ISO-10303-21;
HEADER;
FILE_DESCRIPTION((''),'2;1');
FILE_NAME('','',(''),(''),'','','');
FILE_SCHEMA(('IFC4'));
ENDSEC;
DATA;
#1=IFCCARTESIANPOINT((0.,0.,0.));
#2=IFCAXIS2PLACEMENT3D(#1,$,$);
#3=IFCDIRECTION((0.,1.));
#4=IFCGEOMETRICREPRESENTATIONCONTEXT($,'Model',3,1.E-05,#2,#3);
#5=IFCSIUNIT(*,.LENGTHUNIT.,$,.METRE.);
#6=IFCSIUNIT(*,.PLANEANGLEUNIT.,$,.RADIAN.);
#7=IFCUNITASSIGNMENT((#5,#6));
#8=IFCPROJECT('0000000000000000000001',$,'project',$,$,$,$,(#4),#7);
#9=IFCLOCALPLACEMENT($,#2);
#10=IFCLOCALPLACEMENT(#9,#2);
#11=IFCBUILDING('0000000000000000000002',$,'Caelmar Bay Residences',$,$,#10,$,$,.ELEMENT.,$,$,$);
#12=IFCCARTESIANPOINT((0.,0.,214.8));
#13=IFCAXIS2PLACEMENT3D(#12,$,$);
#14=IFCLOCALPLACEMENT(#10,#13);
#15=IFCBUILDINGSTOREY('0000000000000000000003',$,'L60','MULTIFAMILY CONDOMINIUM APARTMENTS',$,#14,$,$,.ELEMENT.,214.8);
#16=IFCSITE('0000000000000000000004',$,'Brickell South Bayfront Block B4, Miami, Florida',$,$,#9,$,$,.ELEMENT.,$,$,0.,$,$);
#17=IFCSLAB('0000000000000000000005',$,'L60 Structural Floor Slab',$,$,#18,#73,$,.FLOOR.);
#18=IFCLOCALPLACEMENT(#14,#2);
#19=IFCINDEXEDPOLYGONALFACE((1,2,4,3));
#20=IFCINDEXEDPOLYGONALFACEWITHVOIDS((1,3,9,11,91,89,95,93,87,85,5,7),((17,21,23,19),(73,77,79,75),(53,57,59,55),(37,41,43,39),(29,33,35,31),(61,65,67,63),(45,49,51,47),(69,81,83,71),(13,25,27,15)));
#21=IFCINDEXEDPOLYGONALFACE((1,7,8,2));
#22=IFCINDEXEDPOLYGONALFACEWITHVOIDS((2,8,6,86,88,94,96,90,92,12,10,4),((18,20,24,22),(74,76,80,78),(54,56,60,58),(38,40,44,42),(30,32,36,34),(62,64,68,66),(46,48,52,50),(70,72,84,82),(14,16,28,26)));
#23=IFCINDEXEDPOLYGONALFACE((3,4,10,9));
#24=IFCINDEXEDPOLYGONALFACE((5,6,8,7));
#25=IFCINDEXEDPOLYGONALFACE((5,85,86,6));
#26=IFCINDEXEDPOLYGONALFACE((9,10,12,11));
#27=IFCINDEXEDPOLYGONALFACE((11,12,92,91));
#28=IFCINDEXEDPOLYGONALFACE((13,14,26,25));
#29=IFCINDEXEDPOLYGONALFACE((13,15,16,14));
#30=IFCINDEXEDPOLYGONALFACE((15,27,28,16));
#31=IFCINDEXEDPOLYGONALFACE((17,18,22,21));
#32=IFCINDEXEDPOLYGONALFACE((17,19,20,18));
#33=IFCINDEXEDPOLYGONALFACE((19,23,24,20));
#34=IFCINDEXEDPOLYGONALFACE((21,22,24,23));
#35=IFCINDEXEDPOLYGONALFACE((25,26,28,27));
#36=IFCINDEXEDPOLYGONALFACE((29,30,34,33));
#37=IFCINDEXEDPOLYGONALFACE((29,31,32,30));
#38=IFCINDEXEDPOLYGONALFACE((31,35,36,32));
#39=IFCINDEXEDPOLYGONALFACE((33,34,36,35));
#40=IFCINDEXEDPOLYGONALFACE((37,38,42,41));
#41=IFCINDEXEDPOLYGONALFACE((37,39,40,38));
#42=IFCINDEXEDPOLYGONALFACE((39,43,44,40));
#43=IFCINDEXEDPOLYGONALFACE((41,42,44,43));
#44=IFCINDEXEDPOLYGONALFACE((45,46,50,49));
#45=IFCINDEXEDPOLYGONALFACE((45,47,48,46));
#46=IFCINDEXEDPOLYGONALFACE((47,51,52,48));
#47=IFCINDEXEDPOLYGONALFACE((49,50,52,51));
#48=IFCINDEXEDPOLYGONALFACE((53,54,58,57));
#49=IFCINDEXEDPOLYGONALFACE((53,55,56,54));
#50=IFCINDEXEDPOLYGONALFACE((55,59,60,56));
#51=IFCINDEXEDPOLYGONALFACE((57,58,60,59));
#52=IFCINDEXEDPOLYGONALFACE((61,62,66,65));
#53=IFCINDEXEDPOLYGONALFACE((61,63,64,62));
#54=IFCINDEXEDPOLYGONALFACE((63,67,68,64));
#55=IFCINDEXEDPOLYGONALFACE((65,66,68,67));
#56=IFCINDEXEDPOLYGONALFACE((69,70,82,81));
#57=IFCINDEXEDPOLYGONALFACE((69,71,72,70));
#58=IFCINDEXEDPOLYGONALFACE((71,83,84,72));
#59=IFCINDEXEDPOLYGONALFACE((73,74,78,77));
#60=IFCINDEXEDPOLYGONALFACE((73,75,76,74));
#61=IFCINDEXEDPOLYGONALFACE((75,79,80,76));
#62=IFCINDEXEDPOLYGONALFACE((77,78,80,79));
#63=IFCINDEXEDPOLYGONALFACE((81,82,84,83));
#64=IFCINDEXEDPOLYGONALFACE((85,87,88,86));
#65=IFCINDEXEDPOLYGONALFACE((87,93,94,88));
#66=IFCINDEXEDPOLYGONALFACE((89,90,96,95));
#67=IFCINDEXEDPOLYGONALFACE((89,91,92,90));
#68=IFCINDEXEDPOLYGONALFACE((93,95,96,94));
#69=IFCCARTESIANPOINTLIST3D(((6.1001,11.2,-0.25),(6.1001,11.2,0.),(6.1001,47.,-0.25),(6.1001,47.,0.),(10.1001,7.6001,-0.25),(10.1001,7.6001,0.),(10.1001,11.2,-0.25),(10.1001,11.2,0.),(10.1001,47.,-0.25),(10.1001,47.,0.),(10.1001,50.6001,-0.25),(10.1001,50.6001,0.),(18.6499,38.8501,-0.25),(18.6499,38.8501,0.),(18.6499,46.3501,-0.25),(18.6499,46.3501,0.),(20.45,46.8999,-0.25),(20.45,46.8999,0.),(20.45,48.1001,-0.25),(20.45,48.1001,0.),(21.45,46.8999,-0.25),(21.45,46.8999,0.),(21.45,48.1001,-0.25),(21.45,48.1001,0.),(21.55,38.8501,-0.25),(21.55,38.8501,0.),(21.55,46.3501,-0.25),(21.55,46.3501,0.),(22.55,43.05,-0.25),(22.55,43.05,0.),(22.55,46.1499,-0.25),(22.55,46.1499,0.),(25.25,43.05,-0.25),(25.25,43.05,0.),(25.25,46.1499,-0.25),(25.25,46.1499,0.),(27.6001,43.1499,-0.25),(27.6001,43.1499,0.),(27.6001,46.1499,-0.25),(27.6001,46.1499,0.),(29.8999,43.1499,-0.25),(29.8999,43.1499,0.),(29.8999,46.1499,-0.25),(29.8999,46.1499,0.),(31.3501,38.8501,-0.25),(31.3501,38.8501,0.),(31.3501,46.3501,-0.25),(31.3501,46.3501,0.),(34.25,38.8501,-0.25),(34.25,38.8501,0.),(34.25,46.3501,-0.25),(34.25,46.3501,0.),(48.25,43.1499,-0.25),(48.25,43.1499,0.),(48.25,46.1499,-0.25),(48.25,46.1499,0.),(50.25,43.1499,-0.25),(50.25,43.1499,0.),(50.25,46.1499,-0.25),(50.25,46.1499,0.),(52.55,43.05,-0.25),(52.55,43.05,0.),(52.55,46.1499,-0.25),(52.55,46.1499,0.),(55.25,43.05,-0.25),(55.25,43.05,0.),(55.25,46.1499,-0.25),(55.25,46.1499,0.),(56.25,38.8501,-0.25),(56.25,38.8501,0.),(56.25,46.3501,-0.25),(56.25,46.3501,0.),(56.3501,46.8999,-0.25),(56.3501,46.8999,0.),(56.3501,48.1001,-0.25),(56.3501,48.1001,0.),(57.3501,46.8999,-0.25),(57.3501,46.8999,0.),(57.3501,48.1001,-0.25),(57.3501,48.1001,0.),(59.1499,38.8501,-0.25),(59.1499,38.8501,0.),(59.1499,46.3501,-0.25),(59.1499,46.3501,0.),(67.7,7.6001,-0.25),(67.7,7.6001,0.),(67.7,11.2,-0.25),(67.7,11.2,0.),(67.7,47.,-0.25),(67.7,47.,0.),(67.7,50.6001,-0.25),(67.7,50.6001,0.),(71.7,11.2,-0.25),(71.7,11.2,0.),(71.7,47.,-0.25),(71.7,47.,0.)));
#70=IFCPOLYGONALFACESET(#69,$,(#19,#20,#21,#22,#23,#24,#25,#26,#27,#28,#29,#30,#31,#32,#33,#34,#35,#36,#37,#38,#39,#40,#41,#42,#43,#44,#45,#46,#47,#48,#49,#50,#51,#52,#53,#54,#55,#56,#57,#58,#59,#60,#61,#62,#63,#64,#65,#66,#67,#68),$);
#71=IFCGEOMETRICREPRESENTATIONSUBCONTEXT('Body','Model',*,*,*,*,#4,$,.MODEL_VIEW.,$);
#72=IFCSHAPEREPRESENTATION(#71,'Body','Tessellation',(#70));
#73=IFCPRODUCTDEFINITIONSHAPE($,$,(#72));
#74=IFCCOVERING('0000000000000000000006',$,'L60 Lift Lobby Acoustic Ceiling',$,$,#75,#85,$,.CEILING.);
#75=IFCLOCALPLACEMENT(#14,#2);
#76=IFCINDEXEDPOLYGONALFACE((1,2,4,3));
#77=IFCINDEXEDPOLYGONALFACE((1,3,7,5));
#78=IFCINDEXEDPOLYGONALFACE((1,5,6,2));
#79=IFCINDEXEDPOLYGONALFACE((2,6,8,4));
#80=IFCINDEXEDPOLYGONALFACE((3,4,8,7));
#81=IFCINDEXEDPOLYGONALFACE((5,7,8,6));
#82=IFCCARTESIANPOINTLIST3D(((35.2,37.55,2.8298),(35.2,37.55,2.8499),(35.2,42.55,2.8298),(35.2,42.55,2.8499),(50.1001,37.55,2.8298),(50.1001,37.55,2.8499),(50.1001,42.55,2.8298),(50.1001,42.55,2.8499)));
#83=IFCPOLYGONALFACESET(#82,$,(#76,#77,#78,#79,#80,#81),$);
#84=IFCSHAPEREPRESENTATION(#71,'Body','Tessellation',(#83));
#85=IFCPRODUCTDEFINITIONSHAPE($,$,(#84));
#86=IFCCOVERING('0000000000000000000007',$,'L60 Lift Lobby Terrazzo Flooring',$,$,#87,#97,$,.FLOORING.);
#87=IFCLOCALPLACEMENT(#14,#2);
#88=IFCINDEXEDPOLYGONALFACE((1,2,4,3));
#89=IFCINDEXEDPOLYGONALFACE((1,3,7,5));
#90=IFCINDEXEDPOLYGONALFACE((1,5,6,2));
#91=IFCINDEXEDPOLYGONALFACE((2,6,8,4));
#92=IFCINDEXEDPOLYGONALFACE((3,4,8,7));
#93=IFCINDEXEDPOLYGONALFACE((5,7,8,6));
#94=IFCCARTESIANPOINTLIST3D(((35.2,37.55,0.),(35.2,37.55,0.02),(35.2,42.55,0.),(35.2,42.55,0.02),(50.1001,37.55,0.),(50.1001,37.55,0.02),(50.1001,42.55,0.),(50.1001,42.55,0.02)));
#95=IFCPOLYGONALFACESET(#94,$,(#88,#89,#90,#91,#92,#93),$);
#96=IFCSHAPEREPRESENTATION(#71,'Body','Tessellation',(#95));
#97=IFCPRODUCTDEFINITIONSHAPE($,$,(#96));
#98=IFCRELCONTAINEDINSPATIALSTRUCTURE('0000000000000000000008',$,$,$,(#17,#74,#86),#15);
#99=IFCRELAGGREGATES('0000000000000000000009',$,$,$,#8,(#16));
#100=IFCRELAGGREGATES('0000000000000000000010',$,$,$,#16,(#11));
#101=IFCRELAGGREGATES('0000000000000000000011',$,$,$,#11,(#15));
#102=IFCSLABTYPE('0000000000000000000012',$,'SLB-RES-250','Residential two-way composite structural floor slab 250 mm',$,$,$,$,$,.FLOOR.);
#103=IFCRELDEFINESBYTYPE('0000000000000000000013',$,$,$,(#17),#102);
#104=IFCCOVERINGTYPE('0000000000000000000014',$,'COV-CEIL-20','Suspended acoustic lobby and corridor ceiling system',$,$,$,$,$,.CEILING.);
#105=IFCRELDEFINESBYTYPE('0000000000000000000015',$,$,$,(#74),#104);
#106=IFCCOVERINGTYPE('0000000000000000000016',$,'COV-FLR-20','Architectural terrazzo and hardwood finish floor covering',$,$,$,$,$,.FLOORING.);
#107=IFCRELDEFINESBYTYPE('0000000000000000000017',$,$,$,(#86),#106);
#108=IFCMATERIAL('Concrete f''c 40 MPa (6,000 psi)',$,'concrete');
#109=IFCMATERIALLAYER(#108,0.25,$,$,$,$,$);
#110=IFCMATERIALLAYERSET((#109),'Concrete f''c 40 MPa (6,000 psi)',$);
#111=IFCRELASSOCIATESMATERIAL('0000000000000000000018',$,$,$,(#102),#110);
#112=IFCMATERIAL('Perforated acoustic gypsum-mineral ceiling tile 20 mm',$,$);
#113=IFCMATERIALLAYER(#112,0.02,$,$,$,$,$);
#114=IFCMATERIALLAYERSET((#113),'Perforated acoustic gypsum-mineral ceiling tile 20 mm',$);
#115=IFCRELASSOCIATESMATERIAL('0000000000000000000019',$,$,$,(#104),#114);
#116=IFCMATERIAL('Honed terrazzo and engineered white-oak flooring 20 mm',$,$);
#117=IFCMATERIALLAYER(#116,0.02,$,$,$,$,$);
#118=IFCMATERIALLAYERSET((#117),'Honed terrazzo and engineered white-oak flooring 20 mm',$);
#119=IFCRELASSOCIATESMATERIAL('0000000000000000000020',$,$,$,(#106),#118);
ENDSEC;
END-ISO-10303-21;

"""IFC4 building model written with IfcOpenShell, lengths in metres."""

from ifc_helpers import new_model, si_unit, direction, frame, origin, place, context, subcontext, project, spatial, polyline, outline, extrude, material, layer, layer_set, type_object, element, save


model = new_model("IFC4")

# Units and contexts
model_context = context("Model", 3, precision=1e-05, world=origin(), true_north=direction((0.0, 1.0)))
body_context = subcontext(model_context, "Body", "Model", "MODEL_VIEW")
ifc_project = project(units=[si_unit("LENGTHUNIT", "METRE"), si_unit("PLANEANGLEUNIT", "RADIAN")], contexts=[model_context])

# Site, building, storey
site_placement = place(None, origin())
site = spatial("IfcSite", under=ifc_project, at=site_placement, Name="Brickell South Bayfront Block B4, Miami, Florida", CompositionType="ELEMENT", RefElevation=0.0)
building_placement = place(site_placement, origin())
building = spatial("IfcBuilding", under=site, at=building_placement, Name="Caelmar Bay Residences", CompositionType="ELEMENT")
storey_placement = place(building_placement, frame((0.0, 0.0, 214.8)))
storey = spatial("IfcBuildingStorey", under=building, at=storey_placement, Name="L60", Description="MULTIFAMILY CONDOMINIUM APARTMENTS", CompositionType="ELEMENT", Elevation=214.8)

# Shared definitions
ifc_material_1 = material(Name="Concrete f'c 40 MPa (6,000 psi)", Category="concrete")

# Slab
ifc_layer_1 = layer(ifc_material_1, 0.25)
ifc_layer_set_1 = layer_set([ifc_layer_1], Name="Concrete f'c 40 MPa (6,000 psi)")
slab_type_1 = type_object("IfcSlabType", Name="SLB-RES-250", Description="Residential two-way composite structural floor slab 250 mm", PredefinedType="FLOOR", material=ifc_layer_set_1)
slab_1_placement = place(storey_placement, frame((0.0, 0.0, -0.25)))
element("IfcSlab", 1, at=slab_1_placement, inside=storey, type_object=slab_type_1, Name="L60 Structural Floor Slab", PredefinedType="FLOOR", context=body_context, shape_type="SweptSolid", body=[
    extrude(outline(polyline([(10.1001, 7.6001), (67.7, 7.6001), (67.7, 11.2), (71.7, 11.2), (71.7, 47.0), (67.7, 47.0), (67.7, 50.6001), (10.1001, 50.6001), (10.1001, 47.0), (6.1001, 47.0), (6.1001, 11.2), (10.1001, 11.2), (10.1001, 7.6001)]), holes=[polyline([(18.6499, 38.8501), (21.55, 38.8501), (21.55, 46.3501), (18.6499, 46.3501), (18.6499, 38.8501)]), polyline([(56.25, 38.8501), (59.1499, 38.8501), (59.1499, 46.3501), (56.25, 46.3501), (56.25, 38.8501)]), polyline([(31.3501, 38.8501), (34.25, 38.8501), (34.25, 46.3501), (31.3501, 46.3501), (31.3501, 38.8501)]), polyline([(22.55, 43.05), (25.25, 43.05), (25.25, 46.1499), (22.55, 46.1499), (22.55, 43.05)]), polyline([(52.55, 43.05), (55.25, 43.05), (55.25, 46.1499), (52.55, 46.1499), (52.55, 43.05)]), polyline([(48.25, 43.1499), (50.25, 43.1499), (50.25, 46.1499), (48.25, 46.1499), (48.25, 43.1499)]), polyline([(27.6001, 43.1499), (29.8999, 43.1499), (29.8999, 46.1499), (27.6001, 46.1499), (27.6001, 43.1499)]), polyline([(20.45, 46.8999), (21.45, 46.8999), (21.45, 48.1001), (20.45, 48.1001), (20.45, 46.8999)]), polyline([(56.3501, 46.8999), (57.3501, 46.8999), (57.3501, 48.1001), (56.3501, 48.1001), (56.3501, 46.8999)])]), origin(), (0.0, 0.0, 1.0), 0.25),
])

# Coverings
ifc_material_2 = material(Name="Perforated acoustic gypsum-mineral ceiling tile 20 mm")
ifc_layer_2 = layer(ifc_material_2, 0.02)
ifc_layer_set_2 = layer_set([ifc_layer_2], Name="Perforated acoustic gypsum-mineral ceiling tile 20 mm")
covering_type_1 = type_object("IfcCoveringType", Name="COV-CEIL-20", Description="Suspended acoustic lobby and corridor ceiling system", PredefinedType="CEILING", material=ifc_layer_set_2)
covering_1_placement = place(storey_placement, frame((0.0, 0.0, 2.8298)))
element("IfcCovering", 2, at=covering_1_placement, inside=storey, type_object=covering_type_1, Name="L60 Lift Lobby Acoustic Ceiling", PredefinedType="CEILING", context=body_context, shape_type="SweptSolid", body=[
    extrude(outline(polyline([(35.2, 37.55), (50.1001, 37.55), (50.1001, 42.55), (35.2, 42.55), (35.2, 37.55)])), origin(), (0.0, 0.0, 1.0), 0.02),
])
ifc_material_3 = material(Name="Honed terrazzo and engineered white-oak flooring 20 mm")
ifc_layer_3 = layer(ifc_material_3, 0.02)
ifc_layer_set_3 = layer_set([ifc_layer_3], Name="Honed terrazzo and engineered white-oak flooring 20 mm")
covering_type_2 = type_object("IfcCoveringType", Name="COV-FLR-20", Description="Architectural terrazzo and hardwood finish floor covering", PredefinedType="FLOORING", material=ifc_layer_set_3)
covering_2_placement = place(storey_placement, origin())
element("IfcCovering", 3, at=covering_2_placement, inside=storey, type_object=covering_type_2, Name="L60 Lift Lobby Terrazzo Flooring", PredefinedType="FLOORING", context=body_context, shape_type="SweptSolid", body=[
    extrude(outline(polyline([(35.2, 37.55), (50.1001, 37.55), (50.1001, 42.55), (35.2, 42.55), (35.2, 37.55)])), origin(), (0.0, 0.0, 1.0), 0.02),
])

save(model, "model.ifc")
